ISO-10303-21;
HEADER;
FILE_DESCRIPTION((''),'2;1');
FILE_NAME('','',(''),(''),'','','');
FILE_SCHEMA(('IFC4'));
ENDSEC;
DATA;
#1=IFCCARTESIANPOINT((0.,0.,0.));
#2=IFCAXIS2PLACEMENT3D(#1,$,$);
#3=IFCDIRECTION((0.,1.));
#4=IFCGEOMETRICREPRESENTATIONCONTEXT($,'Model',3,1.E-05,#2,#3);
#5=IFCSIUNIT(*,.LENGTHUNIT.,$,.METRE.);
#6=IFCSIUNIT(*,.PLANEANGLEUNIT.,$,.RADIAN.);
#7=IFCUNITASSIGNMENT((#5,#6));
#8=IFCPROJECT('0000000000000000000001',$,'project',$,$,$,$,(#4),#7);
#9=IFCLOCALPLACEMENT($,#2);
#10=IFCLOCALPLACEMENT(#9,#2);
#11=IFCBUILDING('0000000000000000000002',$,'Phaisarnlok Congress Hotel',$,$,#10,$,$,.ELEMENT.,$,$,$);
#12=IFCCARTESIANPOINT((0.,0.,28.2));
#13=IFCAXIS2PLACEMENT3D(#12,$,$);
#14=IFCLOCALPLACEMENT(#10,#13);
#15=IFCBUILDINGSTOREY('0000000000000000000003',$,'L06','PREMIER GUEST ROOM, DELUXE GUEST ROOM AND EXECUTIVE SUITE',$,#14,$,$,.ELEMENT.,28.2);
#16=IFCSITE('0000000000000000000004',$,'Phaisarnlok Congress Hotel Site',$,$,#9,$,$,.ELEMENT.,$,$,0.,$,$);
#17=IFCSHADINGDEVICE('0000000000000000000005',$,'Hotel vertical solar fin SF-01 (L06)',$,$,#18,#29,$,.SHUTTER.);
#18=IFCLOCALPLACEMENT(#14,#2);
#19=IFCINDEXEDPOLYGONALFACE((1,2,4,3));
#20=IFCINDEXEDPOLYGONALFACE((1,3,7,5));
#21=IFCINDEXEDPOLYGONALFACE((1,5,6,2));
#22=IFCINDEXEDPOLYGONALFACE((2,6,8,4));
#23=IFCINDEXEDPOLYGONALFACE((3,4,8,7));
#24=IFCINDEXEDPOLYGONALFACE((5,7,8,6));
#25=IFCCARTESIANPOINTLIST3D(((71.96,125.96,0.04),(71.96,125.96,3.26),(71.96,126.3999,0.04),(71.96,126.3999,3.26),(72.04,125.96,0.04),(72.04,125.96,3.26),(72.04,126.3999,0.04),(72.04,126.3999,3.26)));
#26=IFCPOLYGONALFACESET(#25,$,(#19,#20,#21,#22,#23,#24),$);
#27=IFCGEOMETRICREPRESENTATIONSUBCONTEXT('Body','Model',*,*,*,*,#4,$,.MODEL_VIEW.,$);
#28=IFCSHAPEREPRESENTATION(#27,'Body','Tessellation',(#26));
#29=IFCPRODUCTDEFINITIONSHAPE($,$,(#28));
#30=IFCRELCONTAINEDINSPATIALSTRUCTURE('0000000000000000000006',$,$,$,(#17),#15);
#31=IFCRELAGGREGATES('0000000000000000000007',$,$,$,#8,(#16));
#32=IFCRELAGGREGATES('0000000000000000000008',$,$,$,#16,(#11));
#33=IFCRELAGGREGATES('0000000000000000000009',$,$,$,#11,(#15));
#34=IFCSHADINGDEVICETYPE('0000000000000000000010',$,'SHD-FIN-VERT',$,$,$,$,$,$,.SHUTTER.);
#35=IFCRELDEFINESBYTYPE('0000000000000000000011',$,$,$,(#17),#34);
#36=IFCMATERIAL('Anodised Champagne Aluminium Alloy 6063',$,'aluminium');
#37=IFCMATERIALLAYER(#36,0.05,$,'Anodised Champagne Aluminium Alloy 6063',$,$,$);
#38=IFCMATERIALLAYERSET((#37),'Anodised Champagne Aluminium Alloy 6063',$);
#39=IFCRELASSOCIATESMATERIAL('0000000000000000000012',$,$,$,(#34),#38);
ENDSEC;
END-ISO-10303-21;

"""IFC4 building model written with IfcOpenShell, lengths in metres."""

from ifc_helpers import new_model, si_unit, direction, frame, origin, origin_2d, place, context, subcontext, project, spatial, rectangle, extrude, material, layer, layer_set, type_object, element, save


model = new_model("IFC4")

# Units and contexts
model_context = context("Model", 3, precision=1e-05, world=origin(), true_north=direction((0.0, 1.0)))
body_context = subcontext(model_context, "Body", "Model", "MODEL_VIEW")
ifc_project = project(units=[si_unit("LENGTHUNIT", "METRE"), si_unit("PLANEANGLEUNIT", "RADIAN")], contexts=[model_context])

# Site, building, storey
site_placement = place(None, origin())
site = spatial("IfcSite", under=ifc_project, at=site_placement, Name="Phaisarnlok Congress Hotel Site", CompositionType="ELEMENT", RefElevation=0.0)
building_placement = place(site_placement, origin())
building = spatial("IfcBuilding", under=site, at=building_placement, Name="Phaisarnlok Congress Hotel", CompositionType="ELEMENT")
storey_placement = place(building_placement, frame((0.0, 0.0, 28.2)))
storey = spatial("IfcBuildingStorey", under=building, at=storey_placement, Name="L06", Description="PREMIER GUEST ROOM, DELUXE GUEST ROOM AND EXECUTIVE SUITE", CompositionType="ELEMENT", Elevation=28.2)

# Shading device
ifc_material_1 = material(Name="Anodised Champagne Aluminium Alloy 6063", Category="aluminium")
ifc_layer_1 = layer(ifc_material_1, 0.05, Name="Anodised Champagne Aluminium Alloy 6063")
ifc_layer_set_1 = layer_set([ifc_layer_1], Name="Anodised Champagne Aluminium Alloy 6063")
shading_device_type = type_object("IfcShadingDeviceType", Name="SHD-FIN-VERT", PredefinedType="SHUTTER", material=ifc_layer_set_1)
shading_device_placement = place(storey_placement, frame((72.0, 126.1799, 0.04), z_axis=(0.0, 0.0, 1.0), x_axis=(1.0, 0.0, 0.0)))
element("IfcShadingDevice", 1, at=shading_device_placement, inside=storey, type_object=shading_device_type, Name="Hotel vertical solar fin SF-01 (L06)", PredefinedType="SHUTTER", context=body_context, shape_type="SweptSolid", body=[
    extrude(rectangle(XDim=0.0801, YDim=0.4399, at=origin_2d()), origin(), (0.0, 0.0, 1.0), 3.22),
])

save(model, "model.ifc")
